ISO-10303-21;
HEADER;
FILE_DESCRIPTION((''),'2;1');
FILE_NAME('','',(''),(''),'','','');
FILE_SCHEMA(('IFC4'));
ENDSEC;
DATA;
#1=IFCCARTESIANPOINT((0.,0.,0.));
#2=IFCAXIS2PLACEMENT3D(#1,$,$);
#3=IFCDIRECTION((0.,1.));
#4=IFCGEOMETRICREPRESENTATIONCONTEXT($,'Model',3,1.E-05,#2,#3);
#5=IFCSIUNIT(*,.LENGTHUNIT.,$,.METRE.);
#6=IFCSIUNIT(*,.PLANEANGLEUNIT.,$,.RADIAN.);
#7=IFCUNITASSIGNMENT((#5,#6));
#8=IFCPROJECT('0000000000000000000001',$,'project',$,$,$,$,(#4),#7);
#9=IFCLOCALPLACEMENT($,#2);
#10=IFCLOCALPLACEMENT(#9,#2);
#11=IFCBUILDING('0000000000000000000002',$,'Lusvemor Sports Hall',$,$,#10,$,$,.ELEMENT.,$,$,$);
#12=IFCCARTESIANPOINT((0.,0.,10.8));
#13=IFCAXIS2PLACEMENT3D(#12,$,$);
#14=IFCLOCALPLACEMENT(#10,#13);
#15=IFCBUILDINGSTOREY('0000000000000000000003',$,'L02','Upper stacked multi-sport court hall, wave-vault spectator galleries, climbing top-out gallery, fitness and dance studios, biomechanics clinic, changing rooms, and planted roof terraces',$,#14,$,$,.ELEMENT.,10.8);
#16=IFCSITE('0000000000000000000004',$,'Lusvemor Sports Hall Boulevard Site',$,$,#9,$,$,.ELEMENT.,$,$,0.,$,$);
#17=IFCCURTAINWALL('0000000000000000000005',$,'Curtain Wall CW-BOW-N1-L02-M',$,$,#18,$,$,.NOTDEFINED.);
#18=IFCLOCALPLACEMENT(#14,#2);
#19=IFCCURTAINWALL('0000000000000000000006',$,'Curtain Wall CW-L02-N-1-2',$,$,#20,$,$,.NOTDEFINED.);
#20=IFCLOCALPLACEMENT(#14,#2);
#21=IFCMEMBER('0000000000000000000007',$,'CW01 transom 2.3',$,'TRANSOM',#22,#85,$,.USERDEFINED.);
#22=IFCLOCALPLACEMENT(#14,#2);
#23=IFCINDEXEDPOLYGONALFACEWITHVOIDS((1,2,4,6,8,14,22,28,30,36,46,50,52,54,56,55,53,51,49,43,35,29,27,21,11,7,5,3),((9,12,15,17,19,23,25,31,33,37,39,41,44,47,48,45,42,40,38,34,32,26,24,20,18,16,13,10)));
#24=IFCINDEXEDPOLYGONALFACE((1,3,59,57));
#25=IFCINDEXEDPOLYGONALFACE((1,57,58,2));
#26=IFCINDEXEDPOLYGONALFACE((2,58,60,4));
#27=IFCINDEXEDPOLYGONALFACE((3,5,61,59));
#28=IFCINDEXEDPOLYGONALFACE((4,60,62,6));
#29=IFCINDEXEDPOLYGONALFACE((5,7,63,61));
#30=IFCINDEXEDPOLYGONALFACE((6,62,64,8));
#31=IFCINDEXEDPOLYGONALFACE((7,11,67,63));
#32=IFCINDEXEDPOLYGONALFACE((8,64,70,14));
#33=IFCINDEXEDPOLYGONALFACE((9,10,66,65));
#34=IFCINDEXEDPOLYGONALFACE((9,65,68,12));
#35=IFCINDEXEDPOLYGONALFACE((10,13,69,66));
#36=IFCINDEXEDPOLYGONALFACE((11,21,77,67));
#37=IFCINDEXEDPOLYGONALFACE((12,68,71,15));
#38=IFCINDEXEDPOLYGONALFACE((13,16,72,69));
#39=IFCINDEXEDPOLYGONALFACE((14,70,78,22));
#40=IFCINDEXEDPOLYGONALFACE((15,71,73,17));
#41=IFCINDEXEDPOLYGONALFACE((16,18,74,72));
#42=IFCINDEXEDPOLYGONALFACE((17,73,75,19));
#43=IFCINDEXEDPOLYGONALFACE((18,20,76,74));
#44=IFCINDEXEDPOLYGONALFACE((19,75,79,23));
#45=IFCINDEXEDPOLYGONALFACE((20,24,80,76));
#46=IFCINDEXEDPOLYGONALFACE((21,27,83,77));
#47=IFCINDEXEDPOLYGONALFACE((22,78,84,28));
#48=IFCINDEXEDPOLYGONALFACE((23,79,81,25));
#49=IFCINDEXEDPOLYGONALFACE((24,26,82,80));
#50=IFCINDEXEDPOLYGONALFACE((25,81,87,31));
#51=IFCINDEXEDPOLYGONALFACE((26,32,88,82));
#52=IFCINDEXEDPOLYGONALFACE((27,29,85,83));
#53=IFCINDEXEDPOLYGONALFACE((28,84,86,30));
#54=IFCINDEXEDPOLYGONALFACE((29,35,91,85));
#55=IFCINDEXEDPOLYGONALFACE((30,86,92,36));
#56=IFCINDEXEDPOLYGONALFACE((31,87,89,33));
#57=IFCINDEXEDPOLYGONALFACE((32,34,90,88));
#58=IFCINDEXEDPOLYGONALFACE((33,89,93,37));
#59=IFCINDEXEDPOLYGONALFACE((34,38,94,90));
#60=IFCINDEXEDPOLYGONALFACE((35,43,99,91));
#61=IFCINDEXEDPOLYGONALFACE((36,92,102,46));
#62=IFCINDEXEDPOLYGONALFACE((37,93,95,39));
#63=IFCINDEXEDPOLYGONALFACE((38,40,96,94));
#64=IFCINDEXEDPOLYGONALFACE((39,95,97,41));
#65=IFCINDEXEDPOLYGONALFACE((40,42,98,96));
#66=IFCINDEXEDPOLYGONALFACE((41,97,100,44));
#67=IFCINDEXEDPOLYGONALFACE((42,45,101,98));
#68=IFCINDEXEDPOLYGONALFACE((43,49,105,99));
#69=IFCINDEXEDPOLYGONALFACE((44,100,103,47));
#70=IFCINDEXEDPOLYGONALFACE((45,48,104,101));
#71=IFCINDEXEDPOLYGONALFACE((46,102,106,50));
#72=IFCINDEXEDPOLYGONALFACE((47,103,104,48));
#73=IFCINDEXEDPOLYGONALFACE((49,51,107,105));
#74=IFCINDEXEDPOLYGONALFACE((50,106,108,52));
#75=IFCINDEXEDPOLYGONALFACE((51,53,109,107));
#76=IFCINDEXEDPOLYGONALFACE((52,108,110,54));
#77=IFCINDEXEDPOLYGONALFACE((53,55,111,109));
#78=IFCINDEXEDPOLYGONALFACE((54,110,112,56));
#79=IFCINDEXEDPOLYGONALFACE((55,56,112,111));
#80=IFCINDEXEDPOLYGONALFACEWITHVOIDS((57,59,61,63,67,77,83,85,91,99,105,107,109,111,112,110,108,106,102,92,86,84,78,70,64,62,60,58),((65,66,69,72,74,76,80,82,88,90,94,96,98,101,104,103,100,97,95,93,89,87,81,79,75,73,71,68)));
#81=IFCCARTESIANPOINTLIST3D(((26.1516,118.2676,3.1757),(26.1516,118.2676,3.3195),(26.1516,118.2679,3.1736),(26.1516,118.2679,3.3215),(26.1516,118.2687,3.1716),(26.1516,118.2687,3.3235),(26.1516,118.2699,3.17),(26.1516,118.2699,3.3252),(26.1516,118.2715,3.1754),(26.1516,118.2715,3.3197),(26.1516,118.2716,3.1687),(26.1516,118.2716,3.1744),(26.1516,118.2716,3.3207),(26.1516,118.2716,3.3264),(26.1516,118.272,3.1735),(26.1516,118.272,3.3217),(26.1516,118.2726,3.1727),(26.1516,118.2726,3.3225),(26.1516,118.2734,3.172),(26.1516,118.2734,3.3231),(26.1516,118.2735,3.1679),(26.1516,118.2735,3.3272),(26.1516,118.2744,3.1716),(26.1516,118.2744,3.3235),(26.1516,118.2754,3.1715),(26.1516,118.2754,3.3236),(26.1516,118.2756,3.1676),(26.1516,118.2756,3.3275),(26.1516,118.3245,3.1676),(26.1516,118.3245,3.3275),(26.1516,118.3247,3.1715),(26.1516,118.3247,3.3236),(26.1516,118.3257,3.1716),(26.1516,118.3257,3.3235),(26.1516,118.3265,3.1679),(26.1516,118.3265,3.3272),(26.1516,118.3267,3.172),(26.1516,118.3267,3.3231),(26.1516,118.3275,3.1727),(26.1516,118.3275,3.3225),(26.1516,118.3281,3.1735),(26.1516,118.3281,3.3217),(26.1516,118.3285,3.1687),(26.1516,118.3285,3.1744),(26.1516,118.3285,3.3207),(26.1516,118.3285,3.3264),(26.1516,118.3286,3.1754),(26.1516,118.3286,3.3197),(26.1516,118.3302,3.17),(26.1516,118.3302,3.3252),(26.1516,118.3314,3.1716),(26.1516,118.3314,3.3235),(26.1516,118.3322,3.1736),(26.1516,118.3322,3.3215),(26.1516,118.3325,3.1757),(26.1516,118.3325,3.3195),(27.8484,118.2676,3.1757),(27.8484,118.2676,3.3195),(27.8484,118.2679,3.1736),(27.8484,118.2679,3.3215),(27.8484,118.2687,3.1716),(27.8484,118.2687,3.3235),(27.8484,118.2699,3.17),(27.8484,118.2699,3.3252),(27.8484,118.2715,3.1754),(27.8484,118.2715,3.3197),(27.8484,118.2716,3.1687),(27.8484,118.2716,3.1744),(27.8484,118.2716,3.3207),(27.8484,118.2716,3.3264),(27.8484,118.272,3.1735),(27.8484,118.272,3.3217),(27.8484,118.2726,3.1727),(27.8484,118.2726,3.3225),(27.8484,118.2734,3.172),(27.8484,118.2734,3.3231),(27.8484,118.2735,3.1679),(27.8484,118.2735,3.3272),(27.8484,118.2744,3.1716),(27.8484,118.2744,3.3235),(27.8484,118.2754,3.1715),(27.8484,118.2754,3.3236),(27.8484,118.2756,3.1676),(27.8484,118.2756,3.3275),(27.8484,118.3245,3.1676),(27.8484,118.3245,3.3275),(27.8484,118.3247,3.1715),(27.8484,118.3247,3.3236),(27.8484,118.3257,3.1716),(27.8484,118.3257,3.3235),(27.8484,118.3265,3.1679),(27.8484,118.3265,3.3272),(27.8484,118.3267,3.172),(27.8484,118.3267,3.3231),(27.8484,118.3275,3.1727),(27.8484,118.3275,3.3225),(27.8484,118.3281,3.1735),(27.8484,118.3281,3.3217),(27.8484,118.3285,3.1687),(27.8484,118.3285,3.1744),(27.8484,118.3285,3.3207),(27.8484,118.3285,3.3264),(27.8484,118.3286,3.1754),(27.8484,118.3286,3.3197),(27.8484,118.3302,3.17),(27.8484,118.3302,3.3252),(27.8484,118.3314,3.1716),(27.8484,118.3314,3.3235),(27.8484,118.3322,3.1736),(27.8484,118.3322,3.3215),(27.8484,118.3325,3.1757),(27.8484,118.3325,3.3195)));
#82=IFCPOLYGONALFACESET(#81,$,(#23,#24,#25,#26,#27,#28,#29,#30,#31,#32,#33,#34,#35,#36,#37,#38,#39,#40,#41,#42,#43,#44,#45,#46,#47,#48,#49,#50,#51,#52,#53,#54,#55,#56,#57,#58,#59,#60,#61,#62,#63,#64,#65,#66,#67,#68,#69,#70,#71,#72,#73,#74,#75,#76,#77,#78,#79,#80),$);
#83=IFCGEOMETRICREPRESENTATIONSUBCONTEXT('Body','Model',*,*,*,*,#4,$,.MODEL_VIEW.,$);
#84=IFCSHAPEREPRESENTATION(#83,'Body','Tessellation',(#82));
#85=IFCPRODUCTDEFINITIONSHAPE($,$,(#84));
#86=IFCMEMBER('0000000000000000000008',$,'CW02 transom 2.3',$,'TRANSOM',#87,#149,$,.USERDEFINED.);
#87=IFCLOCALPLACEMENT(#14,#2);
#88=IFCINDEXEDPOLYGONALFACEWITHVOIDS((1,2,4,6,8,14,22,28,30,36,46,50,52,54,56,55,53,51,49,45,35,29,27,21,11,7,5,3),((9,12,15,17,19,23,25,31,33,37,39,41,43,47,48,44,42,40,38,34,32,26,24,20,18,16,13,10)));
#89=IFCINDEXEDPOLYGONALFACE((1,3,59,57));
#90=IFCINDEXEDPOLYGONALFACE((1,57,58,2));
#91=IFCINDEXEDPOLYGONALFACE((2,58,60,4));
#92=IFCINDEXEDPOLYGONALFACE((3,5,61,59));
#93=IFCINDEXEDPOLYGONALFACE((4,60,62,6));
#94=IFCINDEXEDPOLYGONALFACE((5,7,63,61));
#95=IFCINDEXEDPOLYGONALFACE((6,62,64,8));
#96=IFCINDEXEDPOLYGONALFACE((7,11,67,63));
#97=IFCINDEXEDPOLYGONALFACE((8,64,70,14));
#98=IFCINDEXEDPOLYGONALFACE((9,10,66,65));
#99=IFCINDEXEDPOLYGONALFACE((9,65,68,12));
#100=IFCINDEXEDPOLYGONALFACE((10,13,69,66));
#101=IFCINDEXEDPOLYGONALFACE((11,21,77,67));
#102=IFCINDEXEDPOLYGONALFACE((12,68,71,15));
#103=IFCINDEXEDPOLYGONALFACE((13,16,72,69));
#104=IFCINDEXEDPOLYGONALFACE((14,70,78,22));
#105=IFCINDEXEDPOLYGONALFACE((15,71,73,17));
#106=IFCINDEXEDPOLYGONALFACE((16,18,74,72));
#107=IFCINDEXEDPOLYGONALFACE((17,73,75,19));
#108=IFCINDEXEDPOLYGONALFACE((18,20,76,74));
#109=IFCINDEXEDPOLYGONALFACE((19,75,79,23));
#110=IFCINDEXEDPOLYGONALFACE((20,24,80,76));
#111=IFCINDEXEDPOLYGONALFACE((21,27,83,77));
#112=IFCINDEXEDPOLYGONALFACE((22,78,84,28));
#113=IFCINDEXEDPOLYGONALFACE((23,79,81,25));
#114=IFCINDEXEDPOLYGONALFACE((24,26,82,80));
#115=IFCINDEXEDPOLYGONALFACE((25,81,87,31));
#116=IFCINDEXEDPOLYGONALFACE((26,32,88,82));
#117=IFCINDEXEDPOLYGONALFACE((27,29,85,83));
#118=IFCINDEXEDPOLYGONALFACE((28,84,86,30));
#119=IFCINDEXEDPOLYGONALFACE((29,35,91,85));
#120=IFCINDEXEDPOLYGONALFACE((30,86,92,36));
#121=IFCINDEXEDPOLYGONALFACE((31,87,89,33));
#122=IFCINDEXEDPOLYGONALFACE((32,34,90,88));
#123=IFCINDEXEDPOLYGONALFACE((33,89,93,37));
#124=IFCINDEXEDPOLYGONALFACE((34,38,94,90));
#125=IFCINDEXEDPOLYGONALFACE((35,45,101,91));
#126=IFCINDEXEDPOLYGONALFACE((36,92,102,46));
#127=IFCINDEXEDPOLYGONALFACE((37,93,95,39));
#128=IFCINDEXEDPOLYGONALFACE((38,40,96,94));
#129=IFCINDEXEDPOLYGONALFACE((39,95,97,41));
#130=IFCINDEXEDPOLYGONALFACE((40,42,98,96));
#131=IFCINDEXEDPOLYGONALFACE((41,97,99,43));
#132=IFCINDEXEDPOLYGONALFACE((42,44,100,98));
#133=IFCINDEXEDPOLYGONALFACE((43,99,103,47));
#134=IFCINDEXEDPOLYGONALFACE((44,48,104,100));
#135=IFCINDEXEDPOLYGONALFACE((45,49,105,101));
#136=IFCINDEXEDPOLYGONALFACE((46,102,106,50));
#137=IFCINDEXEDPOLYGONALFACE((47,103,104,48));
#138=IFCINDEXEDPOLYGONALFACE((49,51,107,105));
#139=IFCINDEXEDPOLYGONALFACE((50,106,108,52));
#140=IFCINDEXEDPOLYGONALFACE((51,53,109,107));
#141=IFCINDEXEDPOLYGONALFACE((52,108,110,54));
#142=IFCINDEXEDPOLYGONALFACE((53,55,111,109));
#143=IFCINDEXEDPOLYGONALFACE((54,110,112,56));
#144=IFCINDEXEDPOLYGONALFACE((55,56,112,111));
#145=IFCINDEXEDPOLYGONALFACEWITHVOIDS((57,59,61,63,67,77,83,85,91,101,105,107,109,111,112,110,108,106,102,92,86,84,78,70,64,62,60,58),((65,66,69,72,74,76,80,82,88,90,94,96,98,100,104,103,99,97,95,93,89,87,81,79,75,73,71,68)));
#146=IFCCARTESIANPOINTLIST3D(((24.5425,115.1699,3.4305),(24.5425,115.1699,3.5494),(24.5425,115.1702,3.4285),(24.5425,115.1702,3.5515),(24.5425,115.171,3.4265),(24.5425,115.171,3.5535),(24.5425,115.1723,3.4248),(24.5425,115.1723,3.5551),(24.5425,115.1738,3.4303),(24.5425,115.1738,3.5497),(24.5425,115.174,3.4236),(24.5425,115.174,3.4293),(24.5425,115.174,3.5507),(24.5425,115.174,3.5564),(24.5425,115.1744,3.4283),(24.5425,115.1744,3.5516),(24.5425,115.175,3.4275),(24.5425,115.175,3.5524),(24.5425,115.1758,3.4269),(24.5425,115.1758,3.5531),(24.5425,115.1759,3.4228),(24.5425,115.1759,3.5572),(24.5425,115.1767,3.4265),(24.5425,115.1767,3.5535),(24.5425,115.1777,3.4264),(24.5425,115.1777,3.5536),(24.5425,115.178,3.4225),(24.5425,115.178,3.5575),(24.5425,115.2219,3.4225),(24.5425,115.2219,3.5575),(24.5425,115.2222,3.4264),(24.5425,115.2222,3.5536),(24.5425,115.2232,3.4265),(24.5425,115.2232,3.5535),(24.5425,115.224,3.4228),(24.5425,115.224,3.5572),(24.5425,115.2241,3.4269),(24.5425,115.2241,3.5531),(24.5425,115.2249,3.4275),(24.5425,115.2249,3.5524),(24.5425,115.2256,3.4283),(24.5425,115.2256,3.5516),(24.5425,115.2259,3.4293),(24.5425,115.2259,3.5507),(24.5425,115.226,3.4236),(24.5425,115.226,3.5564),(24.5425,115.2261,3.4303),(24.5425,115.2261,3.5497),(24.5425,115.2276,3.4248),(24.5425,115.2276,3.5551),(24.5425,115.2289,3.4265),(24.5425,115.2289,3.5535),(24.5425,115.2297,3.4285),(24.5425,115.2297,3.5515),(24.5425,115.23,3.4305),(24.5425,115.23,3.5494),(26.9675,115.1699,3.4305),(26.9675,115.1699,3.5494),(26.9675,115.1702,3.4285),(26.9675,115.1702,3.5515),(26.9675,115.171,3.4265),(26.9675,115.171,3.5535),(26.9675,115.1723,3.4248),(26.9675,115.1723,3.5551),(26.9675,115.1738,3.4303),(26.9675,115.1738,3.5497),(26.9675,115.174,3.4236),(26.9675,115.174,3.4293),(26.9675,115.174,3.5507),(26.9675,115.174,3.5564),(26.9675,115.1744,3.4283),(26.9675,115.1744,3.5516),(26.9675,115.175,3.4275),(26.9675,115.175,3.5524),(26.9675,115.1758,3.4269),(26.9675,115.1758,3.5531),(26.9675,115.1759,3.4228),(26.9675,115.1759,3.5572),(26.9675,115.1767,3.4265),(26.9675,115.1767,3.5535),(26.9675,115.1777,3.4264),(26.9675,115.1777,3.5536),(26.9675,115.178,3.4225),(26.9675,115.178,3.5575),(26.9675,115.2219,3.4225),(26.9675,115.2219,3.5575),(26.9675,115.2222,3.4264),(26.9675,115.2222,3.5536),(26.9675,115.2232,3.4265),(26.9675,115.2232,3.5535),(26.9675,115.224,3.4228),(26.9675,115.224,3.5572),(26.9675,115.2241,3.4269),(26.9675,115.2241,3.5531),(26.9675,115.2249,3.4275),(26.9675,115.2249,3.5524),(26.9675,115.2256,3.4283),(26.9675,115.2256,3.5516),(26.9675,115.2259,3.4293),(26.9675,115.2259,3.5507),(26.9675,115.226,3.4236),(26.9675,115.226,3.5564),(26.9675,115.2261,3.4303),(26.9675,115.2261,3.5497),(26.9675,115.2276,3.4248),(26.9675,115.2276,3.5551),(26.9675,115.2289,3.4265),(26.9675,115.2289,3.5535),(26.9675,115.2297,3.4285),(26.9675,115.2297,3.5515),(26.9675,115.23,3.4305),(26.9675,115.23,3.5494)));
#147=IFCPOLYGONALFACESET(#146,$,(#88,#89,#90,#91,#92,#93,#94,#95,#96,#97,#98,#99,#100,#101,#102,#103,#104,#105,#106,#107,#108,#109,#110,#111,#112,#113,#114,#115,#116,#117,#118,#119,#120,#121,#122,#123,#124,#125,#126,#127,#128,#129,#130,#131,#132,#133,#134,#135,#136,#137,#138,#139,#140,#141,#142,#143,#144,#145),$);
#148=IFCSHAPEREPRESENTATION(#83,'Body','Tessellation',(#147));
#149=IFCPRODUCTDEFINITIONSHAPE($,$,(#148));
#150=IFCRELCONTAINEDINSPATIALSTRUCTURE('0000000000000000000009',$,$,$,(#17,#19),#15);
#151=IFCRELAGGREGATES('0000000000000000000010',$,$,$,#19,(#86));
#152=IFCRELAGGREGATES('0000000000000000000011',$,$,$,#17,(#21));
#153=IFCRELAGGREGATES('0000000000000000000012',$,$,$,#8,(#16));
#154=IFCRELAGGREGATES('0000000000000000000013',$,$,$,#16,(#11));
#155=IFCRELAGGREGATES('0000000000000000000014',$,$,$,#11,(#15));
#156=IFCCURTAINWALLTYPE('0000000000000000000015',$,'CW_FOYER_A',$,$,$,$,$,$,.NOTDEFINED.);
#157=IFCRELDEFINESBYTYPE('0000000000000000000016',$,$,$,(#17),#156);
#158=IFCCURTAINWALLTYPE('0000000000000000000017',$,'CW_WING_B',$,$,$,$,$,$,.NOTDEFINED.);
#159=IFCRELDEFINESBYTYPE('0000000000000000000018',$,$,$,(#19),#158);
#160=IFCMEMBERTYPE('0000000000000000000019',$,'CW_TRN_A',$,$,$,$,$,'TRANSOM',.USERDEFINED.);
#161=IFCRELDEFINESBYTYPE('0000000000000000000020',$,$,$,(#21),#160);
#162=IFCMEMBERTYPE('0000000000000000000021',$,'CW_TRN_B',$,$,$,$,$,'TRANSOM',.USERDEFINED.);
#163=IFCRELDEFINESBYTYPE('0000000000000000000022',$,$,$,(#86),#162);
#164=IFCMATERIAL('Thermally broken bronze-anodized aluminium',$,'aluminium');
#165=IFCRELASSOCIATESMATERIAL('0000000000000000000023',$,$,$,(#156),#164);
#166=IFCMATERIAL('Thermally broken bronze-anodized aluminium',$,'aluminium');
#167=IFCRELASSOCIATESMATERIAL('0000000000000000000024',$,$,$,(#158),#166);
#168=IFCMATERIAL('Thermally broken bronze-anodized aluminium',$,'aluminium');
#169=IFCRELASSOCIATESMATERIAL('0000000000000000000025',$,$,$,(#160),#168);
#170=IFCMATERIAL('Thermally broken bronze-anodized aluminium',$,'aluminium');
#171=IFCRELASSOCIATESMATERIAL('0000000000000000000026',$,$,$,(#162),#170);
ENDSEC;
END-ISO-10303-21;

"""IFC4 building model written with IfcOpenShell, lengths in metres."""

from ifc_helpers import new_model, si_unit, direction, frame, origin, origin_2d, place, context, subcontext, project, spatial, hollow_rectangle, extrude, material, material_profile, profile_set, type_object, element, aggregate, save


model = new_model("IFC4")

# Units and contexts
model_context = context("Model", 3, precision=1e-05, world=origin(), true_north=direction((0.0, 1.0)))
body_context = subcontext(model_context, "Body", "Model", "MODEL_VIEW")
ifc_project = project(units=[si_unit("LENGTHUNIT", "METRE"), si_unit("PLANEANGLEUNIT", "RADIAN")], contexts=[model_context])

# Site, building, storey
site_placement = place(None, origin())
site = spatial("IfcSite", under=ifc_project, at=site_placement, Name="Lusvemor Sports Hall Boulevard Site", CompositionType="ELEMENT", RefElevation=0.0)
building_placement = place(site_placement, origin())
building = spatial("IfcBuilding", under=site, at=building_placement, Name="Lusvemor Sports Hall", CompositionType="ELEMENT")
storey_placement = place(building_placement, frame((0.0, 0.0, 10.8)))
storey = spatial("IfcBuildingStorey", under=building, at=storey_placement, Name="L02", Description="Upper stacked multi-sport court hall, wave-vault spectator galleries, climbing top-out gallery, fitness and dance studios, biomechanics clinic, changing rooms, and planted roof terraces", CompositionType="ELEMENT", Elevation=10.8)

# Curtain wall
ifc_material_1 = material(Name="Thermally broken bronze-anodized aluminium", Category="aluminium")
curtain_wall_type_1 = type_object("IfcCurtainWallType", Name="CW_FOYER_A", PredefinedType="NOTDEFINED", material=ifc_material_1)
curtain_wall_1_placement = place(storey_placement, origin())
curtain_wall_1 = element("IfcCurtainWall", 1, at=curtain_wall_1_placement, inside=storey, type_object=curtain_wall_type_1, Name="Curtain Wall CW-BOW-N1-L02-M", PredefinedType="NOTDEFINED")

# Curtain wall
ifc_material_2 = material(Name="Thermally broken bronze-anodized aluminium", Category="aluminium")
curtain_wall_type_2 = type_object("IfcCurtainWallType", Name="CW_WING_B", PredefinedType="NOTDEFINED", material=ifc_material_2)
curtain_wall_2_placement = place(storey_placement, origin())
curtain_wall_2 = element("IfcCurtainWall", 2, at=curtain_wall_2_placement, inside=storey, type_object=curtain_wall_type_2, Name="Curtain Wall CW-L02-N-1-2", PredefinedType="NOTDEFINED")

# Members
ifc_material_3 = material(Name="Thermally broken bronze-anodized aluminium", Category="aluminium")
ifc_material_profile_1 = material_profile(ifc_material_3, hollow_rectangle(XDim=0.0649, YDim=0.1599, WallThickness=0.0039, InnerFilletRadius=0.0039, OuterFilletRadius=0.0081, at=origin_2d()), Name="CWTRN160x65x4")
ifc_profile_set_1 = profile_set([ifc_material_profile_1], Name="Thermally broken bronze-anodized aluminium")
member_type_1 = type_object("IfcMemberType", Name="CW_TRN_A", ElementType="TRANSOM", PredefinedType="USERDEFINED", material=ifc_profile_set_1)
member_1_placement = place(storey_placement, frame((26.1516, 118.3, 3.2476), z_axis=(1.0, 0.0, 0.0), x_axis=(0.0, 1.0, 0.0)))
member_1 = element("IfcMember", 3, at=member_1_placement, type_object=member_type_1, Name="CW01 transom 2.3", ObjectType="TRANSOM", PredefinedType="USERDEFINED", context=body_context, shape_type="SweptSolid", body=[
    extrude(hollow_rectangle(XDim=0.0649, YDim=0.1599, WallThickness=0.0039, InnerFilletRadius=0.0039, OuterFilletRadius=0.0081, at=origin_2d()), origin(), (0.0, 0.0, 1.0), 1.6968),
])
ifc_material_4 = material(Name="Thermally broken bronze-anodized aluminium", Category="aluminium")
ifc_material_profile_2 = material_profile(ifc_material_4, hollow_rectangle(XDim=0.0601, YDim=0.135, WallThickness=0.0039, InnerFilletRadius=0.0039, OuterFilletRadius=0.0081, at=origin_2d()), Name="CWTRN135x60x4")
ifc_profile_set_2 = profile_set([ifc_material_profile_2], Name="Thermally broken bronze-anodized aluminium")
member_type_2 = type_object("IfcMemberType", Name="CW_TRN_B", ElementType="TRANSOM", PredefinedType="USERDEFINED", material=ifc_profile_set_2)
member_2_placement = place(storey_placement, frame((24.5425, 115.2, 3.49), z_axis=(1.0, 0.0, 0.0), x_axis=(0.0, 1.0, 0.0)))
member_2 = element("IfcMember", 4, at=member_2_placement, type_object=member_type_2, Name="CW02 transom 2.3", ObjectType="TRANSOM", PredefinedType="USERDEFINED", context=body_context, shape_type="SweptSolid", body=[
    extrude(hollow_rectangle(XDim=0.0601, YDim=0.135, WallThickness=0.0039, InnerFilletRadius=0.0039, OuterFilletRadius=0.0081, at=origin_2d()), origin(), (0.0, 0.0, 1.0), 2.425),
])

aggregate(curtain_wall_2, [member_2])
aggregate(curtain_wall_1, [member_1])

save(model, "model.ifc")
